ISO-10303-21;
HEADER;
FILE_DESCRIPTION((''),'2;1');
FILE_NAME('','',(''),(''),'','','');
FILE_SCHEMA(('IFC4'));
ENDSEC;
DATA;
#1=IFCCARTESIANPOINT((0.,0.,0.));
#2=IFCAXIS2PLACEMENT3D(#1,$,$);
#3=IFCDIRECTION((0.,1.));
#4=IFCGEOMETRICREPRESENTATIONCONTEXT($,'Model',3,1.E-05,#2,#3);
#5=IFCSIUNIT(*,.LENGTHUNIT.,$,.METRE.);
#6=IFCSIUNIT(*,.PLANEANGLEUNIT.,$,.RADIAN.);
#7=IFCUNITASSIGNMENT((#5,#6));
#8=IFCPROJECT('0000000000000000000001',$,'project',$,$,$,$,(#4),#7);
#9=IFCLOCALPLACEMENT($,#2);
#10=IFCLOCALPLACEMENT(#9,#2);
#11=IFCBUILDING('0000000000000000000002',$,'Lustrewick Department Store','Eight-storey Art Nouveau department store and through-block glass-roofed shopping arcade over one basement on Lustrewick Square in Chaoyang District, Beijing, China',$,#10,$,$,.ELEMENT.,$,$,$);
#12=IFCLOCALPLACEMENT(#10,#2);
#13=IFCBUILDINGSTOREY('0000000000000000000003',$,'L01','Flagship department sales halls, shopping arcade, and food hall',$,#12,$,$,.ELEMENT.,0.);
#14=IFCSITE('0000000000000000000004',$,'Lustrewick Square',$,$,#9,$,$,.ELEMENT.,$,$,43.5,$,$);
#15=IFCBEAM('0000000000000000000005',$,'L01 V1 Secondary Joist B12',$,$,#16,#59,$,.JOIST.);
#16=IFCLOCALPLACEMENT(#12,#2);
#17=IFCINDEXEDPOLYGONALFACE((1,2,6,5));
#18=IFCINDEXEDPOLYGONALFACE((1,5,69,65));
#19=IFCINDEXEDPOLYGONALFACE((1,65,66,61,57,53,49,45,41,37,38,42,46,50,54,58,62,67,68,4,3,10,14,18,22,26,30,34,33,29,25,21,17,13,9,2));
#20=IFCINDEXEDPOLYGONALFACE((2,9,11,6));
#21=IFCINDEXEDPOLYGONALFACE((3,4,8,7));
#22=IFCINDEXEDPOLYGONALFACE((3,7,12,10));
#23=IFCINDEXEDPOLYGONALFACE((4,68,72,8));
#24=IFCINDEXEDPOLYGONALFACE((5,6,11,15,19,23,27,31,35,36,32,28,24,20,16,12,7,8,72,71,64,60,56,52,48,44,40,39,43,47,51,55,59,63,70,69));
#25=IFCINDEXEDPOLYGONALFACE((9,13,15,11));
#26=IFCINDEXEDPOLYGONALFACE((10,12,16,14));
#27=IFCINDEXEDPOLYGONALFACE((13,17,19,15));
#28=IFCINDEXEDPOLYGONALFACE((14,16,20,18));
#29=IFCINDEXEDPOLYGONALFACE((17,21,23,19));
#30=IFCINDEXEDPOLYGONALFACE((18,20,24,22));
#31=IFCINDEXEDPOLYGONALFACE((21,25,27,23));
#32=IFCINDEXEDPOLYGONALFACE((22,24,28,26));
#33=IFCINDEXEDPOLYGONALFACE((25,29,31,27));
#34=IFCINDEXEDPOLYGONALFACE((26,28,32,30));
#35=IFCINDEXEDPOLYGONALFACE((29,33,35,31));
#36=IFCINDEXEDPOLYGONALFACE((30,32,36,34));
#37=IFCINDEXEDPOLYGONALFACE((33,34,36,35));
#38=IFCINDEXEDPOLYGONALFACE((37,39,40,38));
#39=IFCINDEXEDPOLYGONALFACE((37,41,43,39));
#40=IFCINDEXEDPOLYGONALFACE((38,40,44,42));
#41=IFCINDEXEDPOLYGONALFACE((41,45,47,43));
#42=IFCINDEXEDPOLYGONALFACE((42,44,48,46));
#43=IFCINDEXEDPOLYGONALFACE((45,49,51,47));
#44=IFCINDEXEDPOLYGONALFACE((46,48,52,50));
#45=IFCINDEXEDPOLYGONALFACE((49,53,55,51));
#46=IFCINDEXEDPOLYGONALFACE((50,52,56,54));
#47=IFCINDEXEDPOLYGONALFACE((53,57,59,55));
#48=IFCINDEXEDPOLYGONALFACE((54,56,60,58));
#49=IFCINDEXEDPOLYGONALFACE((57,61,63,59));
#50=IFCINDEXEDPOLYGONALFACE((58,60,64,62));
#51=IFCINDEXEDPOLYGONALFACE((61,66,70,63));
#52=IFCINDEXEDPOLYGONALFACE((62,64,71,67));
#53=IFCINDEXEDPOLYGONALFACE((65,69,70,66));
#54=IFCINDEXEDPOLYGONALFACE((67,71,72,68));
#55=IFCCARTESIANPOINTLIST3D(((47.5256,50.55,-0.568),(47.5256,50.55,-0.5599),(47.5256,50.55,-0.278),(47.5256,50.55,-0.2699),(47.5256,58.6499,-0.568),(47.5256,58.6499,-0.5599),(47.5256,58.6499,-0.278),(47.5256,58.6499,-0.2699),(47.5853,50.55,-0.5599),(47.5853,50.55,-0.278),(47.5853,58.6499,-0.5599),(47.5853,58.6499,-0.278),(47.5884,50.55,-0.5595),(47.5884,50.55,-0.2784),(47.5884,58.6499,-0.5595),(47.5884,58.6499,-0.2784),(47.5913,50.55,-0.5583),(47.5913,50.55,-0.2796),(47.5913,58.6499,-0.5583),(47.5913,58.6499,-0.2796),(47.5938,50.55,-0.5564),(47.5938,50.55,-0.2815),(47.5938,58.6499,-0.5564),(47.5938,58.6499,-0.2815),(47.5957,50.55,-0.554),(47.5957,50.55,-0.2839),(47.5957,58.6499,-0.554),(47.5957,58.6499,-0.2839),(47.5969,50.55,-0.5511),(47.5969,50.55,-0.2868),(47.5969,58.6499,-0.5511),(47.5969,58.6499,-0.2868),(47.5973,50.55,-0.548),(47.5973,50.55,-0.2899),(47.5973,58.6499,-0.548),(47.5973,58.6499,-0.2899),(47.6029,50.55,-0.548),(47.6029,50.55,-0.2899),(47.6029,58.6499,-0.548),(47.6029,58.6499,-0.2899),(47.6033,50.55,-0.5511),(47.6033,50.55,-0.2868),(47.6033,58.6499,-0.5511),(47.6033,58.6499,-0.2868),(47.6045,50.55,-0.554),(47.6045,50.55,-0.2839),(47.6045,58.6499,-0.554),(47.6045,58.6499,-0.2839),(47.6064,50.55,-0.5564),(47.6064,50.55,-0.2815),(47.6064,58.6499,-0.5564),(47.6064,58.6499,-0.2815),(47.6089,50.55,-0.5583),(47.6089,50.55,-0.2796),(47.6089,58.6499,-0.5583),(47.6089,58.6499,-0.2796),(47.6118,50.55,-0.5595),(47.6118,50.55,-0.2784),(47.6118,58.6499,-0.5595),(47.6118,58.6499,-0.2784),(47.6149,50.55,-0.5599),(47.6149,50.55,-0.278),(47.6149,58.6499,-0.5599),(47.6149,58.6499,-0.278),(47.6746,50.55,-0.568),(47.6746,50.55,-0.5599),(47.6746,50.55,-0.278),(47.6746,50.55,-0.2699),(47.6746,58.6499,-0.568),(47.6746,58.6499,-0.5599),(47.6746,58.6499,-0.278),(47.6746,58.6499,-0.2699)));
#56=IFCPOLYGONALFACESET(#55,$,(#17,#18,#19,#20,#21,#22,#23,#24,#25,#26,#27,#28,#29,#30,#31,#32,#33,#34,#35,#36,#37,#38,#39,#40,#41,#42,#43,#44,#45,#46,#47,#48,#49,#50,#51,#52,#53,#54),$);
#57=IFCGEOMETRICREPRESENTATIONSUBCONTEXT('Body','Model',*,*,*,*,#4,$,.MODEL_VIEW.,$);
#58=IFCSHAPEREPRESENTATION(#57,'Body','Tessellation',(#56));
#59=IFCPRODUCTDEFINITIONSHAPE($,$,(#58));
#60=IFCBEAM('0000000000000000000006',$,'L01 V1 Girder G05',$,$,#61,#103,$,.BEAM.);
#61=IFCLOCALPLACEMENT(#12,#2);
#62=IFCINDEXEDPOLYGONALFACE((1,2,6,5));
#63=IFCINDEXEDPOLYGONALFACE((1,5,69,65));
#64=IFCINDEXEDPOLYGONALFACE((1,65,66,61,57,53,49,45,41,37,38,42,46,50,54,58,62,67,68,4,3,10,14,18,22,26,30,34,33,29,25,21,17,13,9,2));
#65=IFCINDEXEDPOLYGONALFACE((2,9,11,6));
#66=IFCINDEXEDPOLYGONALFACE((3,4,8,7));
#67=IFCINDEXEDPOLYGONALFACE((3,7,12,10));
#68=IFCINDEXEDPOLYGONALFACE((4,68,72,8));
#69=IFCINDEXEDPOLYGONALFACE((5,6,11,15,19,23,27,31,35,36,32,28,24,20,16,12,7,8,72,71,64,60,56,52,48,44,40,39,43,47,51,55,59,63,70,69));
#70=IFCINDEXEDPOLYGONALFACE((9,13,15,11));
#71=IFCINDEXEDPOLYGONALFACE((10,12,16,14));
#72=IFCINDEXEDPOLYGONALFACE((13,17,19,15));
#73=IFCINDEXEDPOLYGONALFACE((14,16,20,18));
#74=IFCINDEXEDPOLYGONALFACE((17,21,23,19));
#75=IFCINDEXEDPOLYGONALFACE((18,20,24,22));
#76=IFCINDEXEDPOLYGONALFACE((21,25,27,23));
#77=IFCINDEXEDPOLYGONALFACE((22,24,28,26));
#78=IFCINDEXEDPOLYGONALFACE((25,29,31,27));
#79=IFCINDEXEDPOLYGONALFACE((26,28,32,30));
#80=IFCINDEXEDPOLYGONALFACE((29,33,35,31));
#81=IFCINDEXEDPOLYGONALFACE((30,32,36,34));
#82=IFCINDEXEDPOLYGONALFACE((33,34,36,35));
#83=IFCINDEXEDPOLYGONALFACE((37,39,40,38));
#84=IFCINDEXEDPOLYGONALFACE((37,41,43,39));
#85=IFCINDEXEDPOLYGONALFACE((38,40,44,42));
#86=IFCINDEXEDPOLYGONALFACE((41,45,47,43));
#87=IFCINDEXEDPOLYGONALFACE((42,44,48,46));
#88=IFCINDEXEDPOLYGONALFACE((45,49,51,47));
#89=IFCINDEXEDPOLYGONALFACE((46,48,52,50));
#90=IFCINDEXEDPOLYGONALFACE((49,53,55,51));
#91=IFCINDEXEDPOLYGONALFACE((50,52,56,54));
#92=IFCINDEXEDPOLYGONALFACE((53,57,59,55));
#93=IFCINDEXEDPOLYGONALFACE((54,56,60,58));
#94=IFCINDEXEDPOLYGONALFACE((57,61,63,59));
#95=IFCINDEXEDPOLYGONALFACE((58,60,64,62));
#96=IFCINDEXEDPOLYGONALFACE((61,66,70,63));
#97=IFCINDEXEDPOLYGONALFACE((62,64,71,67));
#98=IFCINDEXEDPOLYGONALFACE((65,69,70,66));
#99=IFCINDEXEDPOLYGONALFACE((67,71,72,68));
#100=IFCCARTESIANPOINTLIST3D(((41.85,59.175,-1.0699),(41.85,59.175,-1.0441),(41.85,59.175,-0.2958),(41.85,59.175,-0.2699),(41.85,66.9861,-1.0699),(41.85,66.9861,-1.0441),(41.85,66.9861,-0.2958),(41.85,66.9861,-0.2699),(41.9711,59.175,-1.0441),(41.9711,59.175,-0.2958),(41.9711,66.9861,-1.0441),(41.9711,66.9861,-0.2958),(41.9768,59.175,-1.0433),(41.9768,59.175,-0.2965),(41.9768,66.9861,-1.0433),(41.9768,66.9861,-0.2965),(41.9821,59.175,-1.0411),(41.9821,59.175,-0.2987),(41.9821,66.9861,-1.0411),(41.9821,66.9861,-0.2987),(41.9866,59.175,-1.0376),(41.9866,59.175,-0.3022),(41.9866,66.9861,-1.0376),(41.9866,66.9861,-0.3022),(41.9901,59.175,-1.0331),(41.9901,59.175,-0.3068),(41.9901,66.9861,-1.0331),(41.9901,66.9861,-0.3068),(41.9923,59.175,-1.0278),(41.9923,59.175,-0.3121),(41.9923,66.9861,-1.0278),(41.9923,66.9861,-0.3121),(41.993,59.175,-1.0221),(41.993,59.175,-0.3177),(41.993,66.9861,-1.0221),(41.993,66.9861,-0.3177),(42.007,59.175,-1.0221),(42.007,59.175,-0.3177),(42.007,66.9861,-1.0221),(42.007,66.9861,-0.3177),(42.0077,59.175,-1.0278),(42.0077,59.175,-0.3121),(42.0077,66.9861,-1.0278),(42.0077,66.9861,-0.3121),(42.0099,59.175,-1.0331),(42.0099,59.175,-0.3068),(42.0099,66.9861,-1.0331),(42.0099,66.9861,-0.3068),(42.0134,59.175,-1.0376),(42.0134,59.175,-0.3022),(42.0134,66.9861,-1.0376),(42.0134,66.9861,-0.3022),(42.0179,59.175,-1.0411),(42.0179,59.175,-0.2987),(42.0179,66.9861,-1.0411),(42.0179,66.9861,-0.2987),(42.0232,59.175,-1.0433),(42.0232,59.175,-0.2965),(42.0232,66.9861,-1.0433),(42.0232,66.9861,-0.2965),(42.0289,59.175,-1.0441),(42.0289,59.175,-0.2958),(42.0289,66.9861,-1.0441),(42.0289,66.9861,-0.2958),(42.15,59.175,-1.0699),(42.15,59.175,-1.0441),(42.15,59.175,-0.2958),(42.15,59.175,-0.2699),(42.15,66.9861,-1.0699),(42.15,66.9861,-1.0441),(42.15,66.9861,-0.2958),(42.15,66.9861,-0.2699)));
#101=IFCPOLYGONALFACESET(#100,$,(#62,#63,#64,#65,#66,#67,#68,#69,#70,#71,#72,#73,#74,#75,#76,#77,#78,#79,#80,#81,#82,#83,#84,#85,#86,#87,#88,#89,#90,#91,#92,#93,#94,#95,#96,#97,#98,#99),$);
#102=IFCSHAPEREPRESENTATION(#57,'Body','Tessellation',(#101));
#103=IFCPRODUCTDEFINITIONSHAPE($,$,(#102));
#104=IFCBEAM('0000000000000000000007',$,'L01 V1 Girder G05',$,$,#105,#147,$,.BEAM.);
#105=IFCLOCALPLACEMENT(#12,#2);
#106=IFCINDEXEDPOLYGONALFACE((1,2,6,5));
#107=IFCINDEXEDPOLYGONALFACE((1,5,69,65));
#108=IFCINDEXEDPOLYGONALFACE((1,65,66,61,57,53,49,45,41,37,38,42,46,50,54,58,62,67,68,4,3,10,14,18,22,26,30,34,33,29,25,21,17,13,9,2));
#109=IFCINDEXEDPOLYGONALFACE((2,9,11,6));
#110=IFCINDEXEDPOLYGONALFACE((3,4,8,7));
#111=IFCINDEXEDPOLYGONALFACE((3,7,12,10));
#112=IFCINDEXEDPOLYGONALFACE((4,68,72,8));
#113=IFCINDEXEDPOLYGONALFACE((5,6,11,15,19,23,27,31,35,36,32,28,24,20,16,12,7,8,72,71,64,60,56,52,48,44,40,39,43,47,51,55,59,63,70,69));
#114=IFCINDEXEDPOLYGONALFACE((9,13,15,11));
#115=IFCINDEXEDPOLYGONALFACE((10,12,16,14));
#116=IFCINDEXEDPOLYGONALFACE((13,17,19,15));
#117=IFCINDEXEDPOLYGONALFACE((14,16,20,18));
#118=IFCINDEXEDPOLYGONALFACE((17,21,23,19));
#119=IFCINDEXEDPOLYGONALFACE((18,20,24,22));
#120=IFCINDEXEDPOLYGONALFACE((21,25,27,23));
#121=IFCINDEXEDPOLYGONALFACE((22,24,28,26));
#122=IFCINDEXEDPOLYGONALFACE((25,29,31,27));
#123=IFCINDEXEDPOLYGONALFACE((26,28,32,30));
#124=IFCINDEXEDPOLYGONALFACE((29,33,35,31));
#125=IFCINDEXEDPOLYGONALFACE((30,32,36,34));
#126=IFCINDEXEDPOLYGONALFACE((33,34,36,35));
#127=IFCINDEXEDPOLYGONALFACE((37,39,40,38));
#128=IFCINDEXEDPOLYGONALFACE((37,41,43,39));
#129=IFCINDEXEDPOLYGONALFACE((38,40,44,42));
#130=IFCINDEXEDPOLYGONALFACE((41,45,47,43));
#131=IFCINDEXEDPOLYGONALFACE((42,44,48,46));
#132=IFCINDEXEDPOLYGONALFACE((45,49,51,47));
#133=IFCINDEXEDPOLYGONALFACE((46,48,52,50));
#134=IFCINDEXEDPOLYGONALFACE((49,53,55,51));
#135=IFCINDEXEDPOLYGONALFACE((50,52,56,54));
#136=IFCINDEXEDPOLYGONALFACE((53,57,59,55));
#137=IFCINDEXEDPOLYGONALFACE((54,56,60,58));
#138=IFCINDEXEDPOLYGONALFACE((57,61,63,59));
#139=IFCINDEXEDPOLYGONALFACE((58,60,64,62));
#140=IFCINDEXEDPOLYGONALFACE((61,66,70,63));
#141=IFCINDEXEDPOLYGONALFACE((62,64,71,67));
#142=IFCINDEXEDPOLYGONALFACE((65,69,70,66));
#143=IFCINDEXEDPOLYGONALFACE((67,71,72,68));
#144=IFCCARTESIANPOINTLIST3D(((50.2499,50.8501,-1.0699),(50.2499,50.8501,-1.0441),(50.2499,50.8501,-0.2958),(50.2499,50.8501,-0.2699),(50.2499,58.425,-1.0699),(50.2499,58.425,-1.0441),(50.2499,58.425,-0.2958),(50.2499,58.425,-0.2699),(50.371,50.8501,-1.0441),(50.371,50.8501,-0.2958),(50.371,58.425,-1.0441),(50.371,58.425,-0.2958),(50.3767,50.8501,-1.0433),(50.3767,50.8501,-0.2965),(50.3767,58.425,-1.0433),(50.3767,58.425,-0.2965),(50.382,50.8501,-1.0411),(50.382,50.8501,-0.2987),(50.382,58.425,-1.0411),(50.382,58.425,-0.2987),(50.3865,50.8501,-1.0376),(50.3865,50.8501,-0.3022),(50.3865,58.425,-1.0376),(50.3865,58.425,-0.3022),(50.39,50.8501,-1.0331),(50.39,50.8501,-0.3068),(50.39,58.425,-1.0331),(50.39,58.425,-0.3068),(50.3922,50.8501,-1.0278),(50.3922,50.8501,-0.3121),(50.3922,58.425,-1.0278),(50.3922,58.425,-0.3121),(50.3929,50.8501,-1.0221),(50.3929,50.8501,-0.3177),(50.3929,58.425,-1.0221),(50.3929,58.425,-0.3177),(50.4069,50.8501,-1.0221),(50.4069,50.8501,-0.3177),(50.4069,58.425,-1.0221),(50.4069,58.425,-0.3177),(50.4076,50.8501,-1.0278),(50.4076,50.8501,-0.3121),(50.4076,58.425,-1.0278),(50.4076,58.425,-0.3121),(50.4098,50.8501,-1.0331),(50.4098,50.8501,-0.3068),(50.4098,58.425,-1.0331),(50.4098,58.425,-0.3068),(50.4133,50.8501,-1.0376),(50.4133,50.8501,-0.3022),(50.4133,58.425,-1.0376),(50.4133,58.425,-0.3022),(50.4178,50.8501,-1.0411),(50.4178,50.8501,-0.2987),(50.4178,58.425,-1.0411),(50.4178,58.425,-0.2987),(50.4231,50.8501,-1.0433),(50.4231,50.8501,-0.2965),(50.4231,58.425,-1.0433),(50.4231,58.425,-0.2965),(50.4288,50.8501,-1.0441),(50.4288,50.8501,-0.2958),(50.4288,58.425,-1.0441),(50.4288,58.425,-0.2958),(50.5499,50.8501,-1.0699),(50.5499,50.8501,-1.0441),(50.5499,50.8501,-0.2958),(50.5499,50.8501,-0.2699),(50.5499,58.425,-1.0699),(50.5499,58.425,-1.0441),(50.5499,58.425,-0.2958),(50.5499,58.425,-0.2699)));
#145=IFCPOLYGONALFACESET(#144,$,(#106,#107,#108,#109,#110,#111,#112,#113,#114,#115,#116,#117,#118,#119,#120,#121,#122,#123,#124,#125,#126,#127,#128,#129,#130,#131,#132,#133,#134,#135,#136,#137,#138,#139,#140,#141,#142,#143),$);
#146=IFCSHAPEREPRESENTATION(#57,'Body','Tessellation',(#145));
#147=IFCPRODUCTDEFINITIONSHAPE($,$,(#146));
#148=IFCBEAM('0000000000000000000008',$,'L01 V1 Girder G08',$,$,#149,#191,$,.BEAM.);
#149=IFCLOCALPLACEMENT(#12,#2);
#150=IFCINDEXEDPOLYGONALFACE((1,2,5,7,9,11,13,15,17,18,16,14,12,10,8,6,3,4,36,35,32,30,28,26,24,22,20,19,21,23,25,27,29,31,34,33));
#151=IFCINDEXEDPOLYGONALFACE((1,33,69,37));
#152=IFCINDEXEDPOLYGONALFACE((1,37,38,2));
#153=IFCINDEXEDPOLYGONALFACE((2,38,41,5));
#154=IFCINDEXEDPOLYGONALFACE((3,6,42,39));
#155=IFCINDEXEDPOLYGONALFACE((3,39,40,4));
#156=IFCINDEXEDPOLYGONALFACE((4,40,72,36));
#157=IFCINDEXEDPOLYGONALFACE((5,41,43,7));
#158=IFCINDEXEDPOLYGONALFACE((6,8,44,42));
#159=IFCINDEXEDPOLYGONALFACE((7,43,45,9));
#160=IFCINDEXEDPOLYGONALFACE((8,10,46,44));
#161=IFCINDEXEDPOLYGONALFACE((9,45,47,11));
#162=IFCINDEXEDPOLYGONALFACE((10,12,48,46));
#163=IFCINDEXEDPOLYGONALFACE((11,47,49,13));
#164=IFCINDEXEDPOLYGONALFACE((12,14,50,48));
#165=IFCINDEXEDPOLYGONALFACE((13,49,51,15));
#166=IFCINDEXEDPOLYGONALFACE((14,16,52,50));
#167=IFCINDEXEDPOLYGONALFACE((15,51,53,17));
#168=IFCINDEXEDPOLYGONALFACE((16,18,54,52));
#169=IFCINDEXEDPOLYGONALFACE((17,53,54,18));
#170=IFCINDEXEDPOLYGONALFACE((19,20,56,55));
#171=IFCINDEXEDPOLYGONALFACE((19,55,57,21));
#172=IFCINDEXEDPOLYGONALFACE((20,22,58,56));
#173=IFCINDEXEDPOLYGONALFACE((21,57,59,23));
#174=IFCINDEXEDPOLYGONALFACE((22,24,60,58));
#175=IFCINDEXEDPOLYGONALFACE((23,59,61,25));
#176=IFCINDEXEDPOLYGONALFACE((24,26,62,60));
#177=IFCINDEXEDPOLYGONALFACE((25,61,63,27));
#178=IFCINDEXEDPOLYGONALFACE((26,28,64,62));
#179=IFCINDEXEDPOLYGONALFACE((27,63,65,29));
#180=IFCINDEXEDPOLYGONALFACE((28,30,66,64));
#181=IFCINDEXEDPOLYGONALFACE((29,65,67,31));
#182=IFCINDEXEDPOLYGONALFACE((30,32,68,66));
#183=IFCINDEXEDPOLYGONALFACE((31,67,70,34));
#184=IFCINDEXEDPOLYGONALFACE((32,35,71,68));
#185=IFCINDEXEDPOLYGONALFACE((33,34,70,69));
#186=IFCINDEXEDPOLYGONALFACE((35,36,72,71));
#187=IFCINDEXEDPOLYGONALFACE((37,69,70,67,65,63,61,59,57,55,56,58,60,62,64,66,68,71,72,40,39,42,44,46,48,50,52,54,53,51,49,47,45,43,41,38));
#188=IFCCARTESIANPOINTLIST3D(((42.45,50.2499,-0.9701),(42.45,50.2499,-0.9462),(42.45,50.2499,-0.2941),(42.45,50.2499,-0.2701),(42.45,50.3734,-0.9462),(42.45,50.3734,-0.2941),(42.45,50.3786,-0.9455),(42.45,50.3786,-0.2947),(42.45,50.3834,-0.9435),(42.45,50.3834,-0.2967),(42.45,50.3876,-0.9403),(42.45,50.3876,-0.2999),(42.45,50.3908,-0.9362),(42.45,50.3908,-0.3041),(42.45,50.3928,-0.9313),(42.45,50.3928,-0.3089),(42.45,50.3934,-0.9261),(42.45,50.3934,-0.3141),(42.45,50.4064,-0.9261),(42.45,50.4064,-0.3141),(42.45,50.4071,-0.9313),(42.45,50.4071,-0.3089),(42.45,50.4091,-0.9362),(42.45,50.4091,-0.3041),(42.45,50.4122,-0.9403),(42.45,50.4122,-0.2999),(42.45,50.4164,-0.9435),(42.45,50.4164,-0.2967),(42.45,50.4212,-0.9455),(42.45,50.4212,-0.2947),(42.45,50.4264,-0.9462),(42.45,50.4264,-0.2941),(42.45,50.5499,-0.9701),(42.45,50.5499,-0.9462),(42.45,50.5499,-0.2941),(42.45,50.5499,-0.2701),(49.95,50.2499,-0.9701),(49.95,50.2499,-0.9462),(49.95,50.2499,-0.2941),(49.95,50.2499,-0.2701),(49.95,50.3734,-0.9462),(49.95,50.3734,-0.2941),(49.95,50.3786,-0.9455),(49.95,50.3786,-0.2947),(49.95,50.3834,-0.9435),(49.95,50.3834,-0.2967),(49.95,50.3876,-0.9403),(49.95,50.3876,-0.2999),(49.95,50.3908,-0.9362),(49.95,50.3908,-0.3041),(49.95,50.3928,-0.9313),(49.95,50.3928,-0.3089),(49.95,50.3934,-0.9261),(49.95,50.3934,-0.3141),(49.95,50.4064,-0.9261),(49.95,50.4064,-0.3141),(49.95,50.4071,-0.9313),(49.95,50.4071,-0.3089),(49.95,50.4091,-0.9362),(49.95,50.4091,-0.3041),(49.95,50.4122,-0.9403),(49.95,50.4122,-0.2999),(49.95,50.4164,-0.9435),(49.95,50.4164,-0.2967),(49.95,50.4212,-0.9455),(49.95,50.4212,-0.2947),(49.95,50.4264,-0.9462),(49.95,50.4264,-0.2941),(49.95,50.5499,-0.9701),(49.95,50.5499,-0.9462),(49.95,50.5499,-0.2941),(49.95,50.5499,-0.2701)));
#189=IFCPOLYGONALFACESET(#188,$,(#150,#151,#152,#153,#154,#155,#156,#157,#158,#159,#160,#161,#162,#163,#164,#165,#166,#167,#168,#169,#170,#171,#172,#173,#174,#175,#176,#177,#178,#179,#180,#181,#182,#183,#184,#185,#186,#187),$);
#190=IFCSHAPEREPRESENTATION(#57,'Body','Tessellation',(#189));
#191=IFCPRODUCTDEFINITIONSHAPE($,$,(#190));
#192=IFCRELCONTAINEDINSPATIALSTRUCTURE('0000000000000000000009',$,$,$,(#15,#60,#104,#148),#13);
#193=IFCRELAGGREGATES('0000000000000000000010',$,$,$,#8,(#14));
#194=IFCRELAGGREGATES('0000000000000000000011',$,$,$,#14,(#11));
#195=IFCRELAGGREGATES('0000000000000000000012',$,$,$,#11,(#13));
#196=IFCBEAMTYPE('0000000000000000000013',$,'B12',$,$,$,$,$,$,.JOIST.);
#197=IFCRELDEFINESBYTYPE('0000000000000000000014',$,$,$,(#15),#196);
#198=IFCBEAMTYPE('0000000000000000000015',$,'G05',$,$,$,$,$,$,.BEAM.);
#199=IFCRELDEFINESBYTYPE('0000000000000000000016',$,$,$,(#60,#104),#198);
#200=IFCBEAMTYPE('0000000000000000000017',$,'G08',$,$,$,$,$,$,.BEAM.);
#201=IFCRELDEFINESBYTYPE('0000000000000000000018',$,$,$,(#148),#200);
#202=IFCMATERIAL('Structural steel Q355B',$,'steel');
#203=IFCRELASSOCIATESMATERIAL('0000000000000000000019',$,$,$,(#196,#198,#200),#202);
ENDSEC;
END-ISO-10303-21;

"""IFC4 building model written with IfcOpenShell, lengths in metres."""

from ifc_helpers import new_model, si_unit, direction, frame, origin, origin_2d, place, context, subcontext, project, spatial, i_section, extrude, material, material_profile, profile_set, type_object, element, save


model = new_model("IFC4")

# Units and contexts
model_context = context("Model", 3, precision=1e-05, world=origin(), true_north=direction((0.0, 1.0)))
body_context = subcontext(model_context, "Body", "Model", "MODEL_VIEW")
ifc_project = project(units=[si_unit("LENGTHUNIT", "METRE"), si_unit("PLANEANGLEUNIT", "RADIAN")], contexts=[model_context])

# Site, building, storey
site_placement = place(None, origin())
site = spatial("IfcSite", under=ifc_project, at=site_placement, Name="Lustrewick Square", CompositionType="ELEMENT", RefElevation=43.5)
building_placement = place(site_placement, origin())
building = spatial("IfcBuilding", under=site, at=building_placement, Name="Lustrewick Department Store", Description="Eight-storey Art Nouveau department store and through-block glass-roofed shopping arcade over one basement on Lustrewick Square in Chaoyang District, Beijing, China", CompositionType="ELEMENT")
storey_placement = place(building_placement, origin())
storey = spatial("IfcBuildingStorey", under=building, at=storey_placement, Name="L01", Description="Flagship department sales halls, shopping arcade, and food hall", CompositionType="ELEMENT", Elevation=0.0)

# Beams
ifc_material_1 = material(Name="Structural steel Q355B", Category="steel")
ifc_material_profile_1 = material_profile(ifc_material_1, i_section(OverallWidth=0.1489, OverallDepth=0.2981, WebThickness=0.0056, FlangeThickness=0.0081, FilletRadius=0.012, at=origin_2d()), Name="HN 298x149x5.5x8")
ifc_profile_set_1 = profile_set([ifc_material_profile_1], Name="Structural steel Q355B")
beam_type_1 = type_object("IfcBeamType", Name="B12", PredefinedType="JOIST", material=ifc_profile_set_1)
beam_1_placement = place(storey_placement, frame((47.6001, 50.55, -0.4189), z_axis=(0.0, 1.0, 0.0), x_axis=(-1.0, 0.0, 0.0)))
element("IfcBeam", 1, at=beam_1_placement, inside=storey, type_object=beam_type_1, Name="L01 V1 Secondary Joist B12", PredefinedType="JOIST", context=body_context, shape_type="SweptSolid", body=[
    extrude(i_section(OverallWidth=0.1489, OverallDepth=0.2981, WebThickness=0.0056, FlangeThickness=0.0081, FilletRadius=0.012, at=origin_2d()), origin(), (0.0, 0.0, 1.0), 8.0999),
])
ifc_material_profile_2 = material_profile(ifc_material_1, i_section(OverallWidth=0.3, OverallDepth=0.8, WebThickness=0.0139, FlangeThickness=0.0259, FilletRadius=0.022, at=origin_2d()), Name="HN 800x300x14x26")
ifc_profile_set_2 = profile_set([ifc_material_profile_2], Name="Structural steel Q355B")
beam_type_2 = type_object("IfcBeamType", Name="G05", PredefinedType="BEAM", material=ifc_profile_set_2)
beam_2_placement = place(storey_placement, frame((42.0, 59.175, -0.6699), z_axis=(0.0, 1.0, 0.0), x_axis=(-1.0, 0.0, 0.0)))
element("IfcBeam", 2, at=beam_2_placement, inside=storey, type_object=beam_type_2, Name="L01 V1 Girder G05", PredefinedType="BEAM", context=body_context, shape_type="SweptSolid", body=[
    extrude(i_section(OverallWidth=0.3, OverallDepth=0.8, WebThickness=0.0139, FlangeThickness=0.0259, FilletRadius=0.022, at=origin_2d()), origin(), (0.0, 0.0, 1.0), 7.811),
])
beam_3_placement = place(storey_placement, frame((50.3999, 50.8501, -0.6699), z_axis=(0.0, 1.0, 0.0), x_axis=(-1.0, 0.0, 0.0)))
element("IfcBeam", 3, at=beam_3_placement, inside=storey, type_object=beam_type_2, Name="L01 V1 Girder G05", PredefinedType="BEAM", context=body_context, shape_type="SweptSolid", body=[
    extrude(i_section(OverallWidth=0.3, OverallDepth=0.8, WebThickness=0.0139, FlangeThickness=0.0259, FilletRadius=0.022, at=origin_2d()), origin(), (0.0, 0.0, 1.0), 7.575),
])
ifc_material_profile_3 = material_profile(ifc_material_1, i_section(OverallWidth=0.3, OverallDepth=0.7, WebThickness=0.0129, FlangeThickness=0.0239, FilletRadius=0.02, at=origin_2d()), Name="HN 700x300x13x24")
ifc_profile_set_3 = profile_set([ifc_material_profile_3], Name="Structural steel Q355B")
beam_type_3 = type_object("IfcBeamType", Name="G08", PredefinedType="BEAM", material=ifc_profile_set_3)
beam_4_placement = place(storey_placement, frame((42.45, 50.3999, -0.6201), z_axis=(1.0, 0.0, 0.0), x_axis=(0.0, 1.0, 0.0)))
element("IfcBeam", 4, at=beam_4_placement, inside=storey, type_object=beam_type_3, Name="L01 V1 Girder G08", PredefinedType="BEAM", context=body_context, shape_type="SweptSolid", body=[
    extrude(i_section(OverallWidth=0.3, OverallDepth=0.7, WebThickness=0.0129, FlangeThickness=0.0239, FilletRadius=0.02, at=origin_2d()), origin(), (0.0, 0.0, 1.0), 7.5),
])

save(model, "model.ifc")
